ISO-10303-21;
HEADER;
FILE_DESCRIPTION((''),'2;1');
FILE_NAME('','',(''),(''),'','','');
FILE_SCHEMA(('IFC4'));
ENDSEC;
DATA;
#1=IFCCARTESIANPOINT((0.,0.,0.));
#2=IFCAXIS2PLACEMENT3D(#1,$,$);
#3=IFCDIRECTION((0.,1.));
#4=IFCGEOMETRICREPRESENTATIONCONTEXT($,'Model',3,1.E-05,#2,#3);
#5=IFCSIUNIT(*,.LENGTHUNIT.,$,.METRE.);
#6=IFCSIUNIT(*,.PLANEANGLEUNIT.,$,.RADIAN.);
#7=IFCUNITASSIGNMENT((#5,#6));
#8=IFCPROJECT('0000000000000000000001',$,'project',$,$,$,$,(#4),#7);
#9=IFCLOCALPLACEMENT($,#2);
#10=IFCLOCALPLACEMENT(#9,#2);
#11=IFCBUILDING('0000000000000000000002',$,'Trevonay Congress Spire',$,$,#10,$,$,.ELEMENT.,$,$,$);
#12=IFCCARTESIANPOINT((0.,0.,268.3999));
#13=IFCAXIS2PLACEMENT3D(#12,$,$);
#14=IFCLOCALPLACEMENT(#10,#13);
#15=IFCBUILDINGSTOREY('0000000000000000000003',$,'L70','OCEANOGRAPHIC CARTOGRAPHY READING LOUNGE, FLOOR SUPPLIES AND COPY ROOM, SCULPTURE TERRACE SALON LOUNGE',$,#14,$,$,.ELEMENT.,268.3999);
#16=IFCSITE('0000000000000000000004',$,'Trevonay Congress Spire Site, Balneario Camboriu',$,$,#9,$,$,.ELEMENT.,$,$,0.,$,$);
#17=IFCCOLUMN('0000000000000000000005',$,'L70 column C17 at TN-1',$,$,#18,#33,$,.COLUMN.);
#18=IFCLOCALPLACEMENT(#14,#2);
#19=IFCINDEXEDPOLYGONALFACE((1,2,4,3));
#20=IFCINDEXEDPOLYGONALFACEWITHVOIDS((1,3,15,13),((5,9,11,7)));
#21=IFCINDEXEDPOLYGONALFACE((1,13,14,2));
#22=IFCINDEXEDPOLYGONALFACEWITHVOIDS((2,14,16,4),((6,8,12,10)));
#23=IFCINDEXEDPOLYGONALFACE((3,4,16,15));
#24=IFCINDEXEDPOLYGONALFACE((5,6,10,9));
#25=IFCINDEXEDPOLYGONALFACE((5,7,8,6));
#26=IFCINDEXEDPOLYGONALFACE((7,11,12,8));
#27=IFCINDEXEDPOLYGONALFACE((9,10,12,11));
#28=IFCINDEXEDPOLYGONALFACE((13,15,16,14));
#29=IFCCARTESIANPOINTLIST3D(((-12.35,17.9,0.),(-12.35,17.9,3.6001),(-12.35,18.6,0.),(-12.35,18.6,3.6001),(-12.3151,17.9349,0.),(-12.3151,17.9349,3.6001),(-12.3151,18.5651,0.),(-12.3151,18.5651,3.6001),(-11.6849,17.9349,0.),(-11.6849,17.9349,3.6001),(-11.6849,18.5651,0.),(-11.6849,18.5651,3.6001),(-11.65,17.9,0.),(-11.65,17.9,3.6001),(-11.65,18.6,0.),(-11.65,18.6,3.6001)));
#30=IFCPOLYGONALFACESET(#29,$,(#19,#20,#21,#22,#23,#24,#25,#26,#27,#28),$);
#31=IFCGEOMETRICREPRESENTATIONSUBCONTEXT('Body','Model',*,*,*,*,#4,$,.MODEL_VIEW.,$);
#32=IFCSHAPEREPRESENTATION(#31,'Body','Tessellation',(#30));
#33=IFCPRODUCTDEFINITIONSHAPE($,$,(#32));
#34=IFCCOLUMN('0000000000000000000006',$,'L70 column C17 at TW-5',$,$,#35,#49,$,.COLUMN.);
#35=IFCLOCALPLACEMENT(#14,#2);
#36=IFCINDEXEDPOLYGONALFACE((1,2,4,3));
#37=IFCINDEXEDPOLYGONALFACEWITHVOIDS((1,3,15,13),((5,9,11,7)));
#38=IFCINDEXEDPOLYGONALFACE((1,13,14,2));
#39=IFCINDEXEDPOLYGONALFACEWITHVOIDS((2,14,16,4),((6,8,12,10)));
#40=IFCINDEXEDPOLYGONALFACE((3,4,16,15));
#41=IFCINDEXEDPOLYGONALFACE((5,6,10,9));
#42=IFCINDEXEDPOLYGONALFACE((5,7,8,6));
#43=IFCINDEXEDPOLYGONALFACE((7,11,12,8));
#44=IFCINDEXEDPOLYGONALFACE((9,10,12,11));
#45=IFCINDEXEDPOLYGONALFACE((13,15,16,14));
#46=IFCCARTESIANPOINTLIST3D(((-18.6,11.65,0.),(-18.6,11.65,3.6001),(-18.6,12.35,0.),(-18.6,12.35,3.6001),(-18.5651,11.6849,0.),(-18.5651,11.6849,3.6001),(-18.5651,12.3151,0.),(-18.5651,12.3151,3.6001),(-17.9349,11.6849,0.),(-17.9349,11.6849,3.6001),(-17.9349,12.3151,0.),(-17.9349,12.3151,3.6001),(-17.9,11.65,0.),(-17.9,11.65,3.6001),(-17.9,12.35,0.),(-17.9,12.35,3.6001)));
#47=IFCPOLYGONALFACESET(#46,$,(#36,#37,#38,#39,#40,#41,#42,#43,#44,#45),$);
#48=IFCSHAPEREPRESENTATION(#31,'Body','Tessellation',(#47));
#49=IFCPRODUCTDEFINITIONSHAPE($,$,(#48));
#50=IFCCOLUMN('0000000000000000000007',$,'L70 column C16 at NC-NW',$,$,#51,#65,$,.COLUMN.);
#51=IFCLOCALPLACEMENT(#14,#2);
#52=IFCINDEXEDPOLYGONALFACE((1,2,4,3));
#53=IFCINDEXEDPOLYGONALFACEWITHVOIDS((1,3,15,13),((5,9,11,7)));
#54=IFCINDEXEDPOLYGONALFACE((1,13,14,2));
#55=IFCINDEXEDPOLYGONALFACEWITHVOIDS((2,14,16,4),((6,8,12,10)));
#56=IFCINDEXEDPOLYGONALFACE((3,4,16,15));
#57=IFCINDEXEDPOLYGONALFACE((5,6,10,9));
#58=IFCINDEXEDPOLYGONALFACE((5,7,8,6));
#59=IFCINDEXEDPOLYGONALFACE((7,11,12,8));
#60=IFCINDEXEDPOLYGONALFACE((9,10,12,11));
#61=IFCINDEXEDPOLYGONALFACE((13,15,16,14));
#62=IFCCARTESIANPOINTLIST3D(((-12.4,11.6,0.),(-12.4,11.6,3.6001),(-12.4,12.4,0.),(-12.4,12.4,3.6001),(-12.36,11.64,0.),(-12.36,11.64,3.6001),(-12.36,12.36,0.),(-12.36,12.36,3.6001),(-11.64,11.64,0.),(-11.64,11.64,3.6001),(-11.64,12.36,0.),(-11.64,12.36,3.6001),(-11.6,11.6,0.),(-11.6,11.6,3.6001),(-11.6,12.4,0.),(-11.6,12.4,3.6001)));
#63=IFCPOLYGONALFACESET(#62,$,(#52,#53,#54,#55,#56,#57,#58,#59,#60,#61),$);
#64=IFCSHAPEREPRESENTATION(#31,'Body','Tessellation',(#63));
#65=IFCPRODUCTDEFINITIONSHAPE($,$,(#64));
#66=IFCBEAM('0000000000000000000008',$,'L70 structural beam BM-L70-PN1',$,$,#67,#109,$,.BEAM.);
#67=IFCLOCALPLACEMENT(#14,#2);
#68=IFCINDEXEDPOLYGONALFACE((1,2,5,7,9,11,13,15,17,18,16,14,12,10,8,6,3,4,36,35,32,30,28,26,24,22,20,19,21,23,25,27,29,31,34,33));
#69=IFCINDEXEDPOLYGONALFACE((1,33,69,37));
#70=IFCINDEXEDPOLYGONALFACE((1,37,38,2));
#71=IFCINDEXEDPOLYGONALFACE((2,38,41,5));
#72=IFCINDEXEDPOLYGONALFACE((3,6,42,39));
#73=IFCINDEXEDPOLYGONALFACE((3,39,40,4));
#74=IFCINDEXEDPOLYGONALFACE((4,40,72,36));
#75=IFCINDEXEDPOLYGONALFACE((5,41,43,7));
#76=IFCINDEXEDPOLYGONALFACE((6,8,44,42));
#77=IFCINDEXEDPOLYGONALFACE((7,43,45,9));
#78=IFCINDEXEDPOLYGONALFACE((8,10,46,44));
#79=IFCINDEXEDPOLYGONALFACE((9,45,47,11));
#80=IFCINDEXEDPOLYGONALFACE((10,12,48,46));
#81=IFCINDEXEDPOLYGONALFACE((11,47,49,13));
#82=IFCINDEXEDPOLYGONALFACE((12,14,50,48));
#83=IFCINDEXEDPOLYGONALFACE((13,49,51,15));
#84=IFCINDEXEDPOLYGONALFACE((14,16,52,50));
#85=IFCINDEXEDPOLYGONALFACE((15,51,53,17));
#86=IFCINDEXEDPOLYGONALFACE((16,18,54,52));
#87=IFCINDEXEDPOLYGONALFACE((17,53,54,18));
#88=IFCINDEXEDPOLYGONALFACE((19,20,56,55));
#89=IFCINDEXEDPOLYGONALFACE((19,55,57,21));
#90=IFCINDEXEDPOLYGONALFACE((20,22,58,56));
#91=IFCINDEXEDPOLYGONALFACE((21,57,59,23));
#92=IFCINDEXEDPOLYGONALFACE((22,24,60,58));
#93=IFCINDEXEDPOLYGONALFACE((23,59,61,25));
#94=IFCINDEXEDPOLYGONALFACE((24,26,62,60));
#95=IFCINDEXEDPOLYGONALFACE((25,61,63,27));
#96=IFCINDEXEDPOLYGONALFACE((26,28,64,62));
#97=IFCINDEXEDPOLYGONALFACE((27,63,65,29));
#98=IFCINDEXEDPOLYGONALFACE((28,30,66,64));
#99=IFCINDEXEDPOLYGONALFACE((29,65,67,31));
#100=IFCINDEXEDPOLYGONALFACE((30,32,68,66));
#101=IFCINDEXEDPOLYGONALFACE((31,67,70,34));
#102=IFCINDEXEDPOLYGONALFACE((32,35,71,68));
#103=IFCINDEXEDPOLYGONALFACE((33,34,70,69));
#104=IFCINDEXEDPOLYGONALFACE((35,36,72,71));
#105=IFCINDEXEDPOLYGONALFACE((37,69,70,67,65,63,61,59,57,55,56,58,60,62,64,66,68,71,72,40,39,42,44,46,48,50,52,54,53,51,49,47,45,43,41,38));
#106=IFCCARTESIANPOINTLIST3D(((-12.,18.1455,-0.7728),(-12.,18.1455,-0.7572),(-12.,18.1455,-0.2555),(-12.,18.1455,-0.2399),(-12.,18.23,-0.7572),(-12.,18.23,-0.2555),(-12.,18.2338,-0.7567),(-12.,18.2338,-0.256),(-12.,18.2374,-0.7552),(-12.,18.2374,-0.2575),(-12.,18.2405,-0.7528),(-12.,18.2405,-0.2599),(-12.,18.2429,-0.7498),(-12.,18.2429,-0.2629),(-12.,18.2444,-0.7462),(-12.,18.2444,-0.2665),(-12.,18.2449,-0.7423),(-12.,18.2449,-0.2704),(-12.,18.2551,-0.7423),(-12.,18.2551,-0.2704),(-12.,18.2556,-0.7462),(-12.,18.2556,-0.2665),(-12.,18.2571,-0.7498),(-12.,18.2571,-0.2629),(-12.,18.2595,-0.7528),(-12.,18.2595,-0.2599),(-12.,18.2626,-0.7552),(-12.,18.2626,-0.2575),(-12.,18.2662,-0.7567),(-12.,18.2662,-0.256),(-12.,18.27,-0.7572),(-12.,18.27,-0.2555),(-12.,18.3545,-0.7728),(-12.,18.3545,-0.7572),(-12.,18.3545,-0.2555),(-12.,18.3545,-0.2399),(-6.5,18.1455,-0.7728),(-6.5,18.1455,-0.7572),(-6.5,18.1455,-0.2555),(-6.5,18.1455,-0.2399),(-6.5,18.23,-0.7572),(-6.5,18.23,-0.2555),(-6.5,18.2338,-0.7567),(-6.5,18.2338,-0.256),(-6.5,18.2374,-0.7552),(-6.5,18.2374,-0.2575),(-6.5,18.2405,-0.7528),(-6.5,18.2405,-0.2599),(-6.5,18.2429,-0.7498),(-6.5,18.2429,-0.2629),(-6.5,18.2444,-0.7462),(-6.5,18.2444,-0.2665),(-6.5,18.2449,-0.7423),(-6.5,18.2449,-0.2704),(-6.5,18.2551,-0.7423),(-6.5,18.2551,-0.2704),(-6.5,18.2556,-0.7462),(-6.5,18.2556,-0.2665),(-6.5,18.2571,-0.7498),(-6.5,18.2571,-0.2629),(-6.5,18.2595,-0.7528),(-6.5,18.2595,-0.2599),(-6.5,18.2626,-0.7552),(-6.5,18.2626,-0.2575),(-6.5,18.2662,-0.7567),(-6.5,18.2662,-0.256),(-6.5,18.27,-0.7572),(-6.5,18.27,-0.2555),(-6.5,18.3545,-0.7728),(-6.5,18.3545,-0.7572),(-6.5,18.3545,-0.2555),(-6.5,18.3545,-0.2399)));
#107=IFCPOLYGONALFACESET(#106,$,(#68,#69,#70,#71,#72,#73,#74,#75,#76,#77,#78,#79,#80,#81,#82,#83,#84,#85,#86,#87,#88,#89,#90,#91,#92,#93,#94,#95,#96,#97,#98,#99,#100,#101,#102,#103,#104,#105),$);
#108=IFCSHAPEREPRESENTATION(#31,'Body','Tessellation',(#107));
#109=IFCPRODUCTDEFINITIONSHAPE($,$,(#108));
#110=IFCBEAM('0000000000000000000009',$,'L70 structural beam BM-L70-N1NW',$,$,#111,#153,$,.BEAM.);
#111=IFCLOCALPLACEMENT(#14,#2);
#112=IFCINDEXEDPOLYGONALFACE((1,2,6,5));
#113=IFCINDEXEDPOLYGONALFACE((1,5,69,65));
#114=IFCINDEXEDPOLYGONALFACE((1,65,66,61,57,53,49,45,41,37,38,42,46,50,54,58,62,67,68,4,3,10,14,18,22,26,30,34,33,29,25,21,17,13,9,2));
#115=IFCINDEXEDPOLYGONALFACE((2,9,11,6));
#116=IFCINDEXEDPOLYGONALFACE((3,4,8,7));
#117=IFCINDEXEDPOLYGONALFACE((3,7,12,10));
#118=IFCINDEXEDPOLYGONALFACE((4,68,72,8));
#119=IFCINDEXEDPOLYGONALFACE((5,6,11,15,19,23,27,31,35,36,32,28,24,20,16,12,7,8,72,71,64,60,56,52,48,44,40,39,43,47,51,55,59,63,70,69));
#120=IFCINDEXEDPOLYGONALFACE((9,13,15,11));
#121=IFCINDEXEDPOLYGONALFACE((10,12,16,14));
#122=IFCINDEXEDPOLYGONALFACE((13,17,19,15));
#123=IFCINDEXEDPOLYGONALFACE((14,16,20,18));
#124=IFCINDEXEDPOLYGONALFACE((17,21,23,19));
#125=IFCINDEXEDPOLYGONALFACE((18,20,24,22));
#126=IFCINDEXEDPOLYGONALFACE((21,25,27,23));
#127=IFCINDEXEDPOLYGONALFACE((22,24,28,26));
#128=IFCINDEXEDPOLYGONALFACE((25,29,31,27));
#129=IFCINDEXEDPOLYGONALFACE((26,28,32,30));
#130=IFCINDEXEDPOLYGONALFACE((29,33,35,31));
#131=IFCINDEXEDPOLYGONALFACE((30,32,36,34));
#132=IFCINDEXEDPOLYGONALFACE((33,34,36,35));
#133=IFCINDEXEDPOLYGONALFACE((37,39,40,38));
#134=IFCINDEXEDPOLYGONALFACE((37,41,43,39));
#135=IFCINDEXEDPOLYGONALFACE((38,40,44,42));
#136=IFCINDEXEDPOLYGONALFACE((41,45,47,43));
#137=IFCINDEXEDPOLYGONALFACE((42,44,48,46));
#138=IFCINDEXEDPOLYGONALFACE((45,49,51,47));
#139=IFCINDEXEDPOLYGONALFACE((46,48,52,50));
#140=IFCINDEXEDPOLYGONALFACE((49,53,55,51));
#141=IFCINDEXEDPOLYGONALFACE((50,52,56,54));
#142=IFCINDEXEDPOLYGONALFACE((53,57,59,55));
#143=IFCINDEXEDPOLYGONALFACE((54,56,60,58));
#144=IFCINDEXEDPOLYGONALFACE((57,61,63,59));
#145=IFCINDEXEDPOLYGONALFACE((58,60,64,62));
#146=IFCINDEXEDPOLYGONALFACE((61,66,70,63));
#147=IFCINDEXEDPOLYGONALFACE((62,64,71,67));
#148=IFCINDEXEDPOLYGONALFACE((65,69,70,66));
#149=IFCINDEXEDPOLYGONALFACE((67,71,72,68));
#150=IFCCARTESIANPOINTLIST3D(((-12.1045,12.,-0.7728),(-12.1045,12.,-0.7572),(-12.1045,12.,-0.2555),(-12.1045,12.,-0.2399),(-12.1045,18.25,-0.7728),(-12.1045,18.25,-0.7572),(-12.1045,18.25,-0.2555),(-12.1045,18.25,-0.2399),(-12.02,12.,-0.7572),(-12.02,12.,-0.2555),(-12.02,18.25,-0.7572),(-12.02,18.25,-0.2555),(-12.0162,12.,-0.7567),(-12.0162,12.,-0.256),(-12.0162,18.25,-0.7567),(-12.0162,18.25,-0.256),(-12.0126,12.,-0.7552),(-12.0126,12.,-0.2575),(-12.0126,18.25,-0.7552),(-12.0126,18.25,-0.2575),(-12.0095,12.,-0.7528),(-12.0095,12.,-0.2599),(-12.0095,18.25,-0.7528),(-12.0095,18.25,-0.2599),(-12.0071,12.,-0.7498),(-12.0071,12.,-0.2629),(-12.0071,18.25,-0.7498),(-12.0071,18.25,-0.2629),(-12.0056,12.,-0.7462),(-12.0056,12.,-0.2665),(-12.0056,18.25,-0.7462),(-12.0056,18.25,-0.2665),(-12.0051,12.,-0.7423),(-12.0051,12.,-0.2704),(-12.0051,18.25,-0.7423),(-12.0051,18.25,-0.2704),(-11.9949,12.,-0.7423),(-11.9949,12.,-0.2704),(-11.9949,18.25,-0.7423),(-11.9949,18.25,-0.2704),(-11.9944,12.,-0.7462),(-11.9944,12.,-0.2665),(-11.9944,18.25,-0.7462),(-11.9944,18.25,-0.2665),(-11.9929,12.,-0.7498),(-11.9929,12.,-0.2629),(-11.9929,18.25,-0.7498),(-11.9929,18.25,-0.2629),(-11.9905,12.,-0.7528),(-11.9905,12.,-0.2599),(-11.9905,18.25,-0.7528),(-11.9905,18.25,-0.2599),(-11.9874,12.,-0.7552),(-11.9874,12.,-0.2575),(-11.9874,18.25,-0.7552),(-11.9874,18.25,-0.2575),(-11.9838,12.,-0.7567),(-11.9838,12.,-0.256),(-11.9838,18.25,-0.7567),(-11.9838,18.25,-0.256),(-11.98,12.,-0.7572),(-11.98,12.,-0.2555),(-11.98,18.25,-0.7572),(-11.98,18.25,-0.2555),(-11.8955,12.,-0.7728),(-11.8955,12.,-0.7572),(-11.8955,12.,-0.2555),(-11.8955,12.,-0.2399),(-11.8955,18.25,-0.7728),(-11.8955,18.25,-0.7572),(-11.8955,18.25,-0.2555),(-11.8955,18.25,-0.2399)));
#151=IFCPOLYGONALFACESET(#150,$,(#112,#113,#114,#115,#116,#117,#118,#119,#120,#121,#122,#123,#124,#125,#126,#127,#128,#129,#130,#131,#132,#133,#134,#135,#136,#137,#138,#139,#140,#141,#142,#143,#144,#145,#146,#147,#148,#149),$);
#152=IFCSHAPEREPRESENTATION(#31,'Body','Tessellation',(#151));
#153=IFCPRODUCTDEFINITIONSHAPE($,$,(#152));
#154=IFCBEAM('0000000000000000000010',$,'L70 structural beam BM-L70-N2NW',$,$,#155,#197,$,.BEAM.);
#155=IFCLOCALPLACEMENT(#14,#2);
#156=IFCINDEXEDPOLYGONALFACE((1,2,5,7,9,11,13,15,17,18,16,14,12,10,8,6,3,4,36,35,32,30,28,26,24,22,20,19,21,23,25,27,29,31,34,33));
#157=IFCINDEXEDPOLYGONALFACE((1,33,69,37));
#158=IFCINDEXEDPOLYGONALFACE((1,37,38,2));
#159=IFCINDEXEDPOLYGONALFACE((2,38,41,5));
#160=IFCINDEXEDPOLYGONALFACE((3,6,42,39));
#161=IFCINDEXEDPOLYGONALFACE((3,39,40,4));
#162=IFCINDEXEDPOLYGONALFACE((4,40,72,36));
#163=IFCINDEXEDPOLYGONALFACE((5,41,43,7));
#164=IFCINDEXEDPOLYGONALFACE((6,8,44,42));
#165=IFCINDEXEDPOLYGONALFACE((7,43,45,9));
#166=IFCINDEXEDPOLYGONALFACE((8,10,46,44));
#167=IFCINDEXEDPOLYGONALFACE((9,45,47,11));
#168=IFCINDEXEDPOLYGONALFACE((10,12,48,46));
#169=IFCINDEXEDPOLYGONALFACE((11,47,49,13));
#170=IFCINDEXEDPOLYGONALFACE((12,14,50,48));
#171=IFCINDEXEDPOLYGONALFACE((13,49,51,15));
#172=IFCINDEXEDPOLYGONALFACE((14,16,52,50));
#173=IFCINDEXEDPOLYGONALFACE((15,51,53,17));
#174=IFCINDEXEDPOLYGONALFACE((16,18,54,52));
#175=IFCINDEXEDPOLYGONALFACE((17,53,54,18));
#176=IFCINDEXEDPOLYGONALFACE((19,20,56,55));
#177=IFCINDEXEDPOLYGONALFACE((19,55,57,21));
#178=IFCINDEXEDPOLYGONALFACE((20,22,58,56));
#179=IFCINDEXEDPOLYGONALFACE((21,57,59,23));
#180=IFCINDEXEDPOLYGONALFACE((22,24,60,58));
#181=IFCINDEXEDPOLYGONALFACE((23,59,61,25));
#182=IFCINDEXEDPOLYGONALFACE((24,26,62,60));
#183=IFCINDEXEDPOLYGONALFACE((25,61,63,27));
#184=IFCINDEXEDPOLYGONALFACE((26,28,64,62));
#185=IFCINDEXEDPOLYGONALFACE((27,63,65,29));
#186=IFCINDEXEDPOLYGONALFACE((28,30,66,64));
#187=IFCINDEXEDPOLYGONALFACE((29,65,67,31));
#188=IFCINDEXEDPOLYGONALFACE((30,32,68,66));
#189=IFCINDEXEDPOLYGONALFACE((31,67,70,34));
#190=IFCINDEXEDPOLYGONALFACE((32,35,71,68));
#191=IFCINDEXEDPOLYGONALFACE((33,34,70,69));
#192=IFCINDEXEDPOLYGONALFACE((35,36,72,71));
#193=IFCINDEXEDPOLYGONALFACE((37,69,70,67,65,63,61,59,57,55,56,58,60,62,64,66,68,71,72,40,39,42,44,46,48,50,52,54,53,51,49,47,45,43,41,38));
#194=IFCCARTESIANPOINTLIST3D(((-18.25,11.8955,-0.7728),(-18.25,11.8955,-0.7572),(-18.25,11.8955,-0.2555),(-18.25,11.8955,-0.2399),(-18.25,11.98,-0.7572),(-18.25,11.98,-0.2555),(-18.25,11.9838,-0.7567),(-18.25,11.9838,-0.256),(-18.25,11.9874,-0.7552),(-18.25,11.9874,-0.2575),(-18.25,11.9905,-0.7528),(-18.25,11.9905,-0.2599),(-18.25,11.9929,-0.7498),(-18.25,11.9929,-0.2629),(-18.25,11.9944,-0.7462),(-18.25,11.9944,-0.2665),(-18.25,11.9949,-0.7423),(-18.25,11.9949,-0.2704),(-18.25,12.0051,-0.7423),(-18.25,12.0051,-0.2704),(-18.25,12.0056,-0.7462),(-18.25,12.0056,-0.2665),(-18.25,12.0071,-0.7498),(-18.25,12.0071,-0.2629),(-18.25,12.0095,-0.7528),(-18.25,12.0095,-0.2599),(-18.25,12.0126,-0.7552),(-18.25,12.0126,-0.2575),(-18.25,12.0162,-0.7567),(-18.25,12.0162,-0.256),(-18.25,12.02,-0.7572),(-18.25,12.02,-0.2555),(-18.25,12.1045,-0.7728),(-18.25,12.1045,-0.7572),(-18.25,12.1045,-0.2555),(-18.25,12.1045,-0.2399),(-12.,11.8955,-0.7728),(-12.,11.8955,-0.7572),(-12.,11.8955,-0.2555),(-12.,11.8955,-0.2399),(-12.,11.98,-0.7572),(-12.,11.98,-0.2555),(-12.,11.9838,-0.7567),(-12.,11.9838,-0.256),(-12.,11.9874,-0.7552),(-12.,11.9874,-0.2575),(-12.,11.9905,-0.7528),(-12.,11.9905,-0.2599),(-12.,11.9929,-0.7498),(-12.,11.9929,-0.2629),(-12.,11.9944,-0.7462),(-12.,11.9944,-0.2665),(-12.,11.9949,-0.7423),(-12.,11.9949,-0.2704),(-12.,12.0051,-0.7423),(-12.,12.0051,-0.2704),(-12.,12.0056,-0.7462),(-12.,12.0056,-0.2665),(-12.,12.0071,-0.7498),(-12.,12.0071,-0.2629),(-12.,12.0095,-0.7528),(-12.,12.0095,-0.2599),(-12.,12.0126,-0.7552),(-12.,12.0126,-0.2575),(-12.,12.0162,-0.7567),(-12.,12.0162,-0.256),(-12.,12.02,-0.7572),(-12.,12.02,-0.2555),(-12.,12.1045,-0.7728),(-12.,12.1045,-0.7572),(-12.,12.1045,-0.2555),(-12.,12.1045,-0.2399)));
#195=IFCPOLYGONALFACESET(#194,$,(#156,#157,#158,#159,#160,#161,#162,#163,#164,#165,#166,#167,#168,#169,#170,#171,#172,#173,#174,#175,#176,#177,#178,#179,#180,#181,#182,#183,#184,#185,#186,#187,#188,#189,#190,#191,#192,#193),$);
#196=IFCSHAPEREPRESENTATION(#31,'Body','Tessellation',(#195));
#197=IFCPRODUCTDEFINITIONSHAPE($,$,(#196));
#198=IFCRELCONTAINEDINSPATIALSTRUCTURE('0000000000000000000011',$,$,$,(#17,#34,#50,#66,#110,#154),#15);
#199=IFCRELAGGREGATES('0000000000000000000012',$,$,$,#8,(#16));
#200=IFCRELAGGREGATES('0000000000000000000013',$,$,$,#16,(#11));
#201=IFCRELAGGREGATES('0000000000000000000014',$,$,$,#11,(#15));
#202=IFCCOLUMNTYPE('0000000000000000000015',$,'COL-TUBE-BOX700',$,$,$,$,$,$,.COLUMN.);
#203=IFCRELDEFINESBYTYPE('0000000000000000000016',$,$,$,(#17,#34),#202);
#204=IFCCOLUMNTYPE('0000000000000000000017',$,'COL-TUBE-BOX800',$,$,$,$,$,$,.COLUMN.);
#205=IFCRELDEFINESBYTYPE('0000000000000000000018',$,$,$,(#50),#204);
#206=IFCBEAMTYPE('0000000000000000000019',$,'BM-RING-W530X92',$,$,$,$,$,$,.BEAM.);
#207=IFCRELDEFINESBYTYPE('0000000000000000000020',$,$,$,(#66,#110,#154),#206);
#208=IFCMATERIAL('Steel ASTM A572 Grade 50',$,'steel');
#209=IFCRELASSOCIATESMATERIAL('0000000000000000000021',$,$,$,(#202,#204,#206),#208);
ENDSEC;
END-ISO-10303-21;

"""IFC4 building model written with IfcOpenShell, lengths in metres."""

from ifc_helpers import new_model, si_unit, direction, frame, origin, origin_2d, place, context, subcontext, project, spatial, hollow_rectangle, i_section, extrude, material, material_profile, profile_set, type_object, element, save


model = new_model("IFC4")

# Units and contexts
model_context = context("Model", 3, precision=1e-05, world=origin(), true_north=direction((0.0, 1.0)))
body_context = subcontext(model_context, "Body", "Model", "MODEL_VIEW")
ifc_project = project(units=[si_unit("LENGTHUNIT", "METRE"), si_unit("PLANEANGLEUNIT", "RADIAN")], contexts=[model_context])

# Site, building, storey
site_placement = place(None, origin())
site = spatial("IfcSite", under=ifc_project, at=site_placement, Name="Trevonay Congress Spire Site, Balneario Camboriu", CompositionType="ELEMENT", RefElevation=0.0)
building_placement = place(site_placement, origin())
building = spatial("IfcBuilding", under=site, at=building_placement, Name="Trevonay Congress Spire", CompositionType="ELEMENT")
storey_placement = place(building_placement, frame((0.0, 0.0, 268.3999)))
storey = spatial("IfcBuildingStorey", under=building, at=storey_placement, Name="L70", Description="OCEANOGRAPHIC CARTOGRAPHY READING LOUNGE, FLOOR SUPPLIES AND COPY ROOM, SCULPTURE TERRACE SALON LOUNGE", CompositionType="ELEMENT", Elevation=268.3999)

# Columns
ifc_material_1 = material(Name="Steel ASTM A572 Grade 50", Category="steel")
ifc_material_profile_1 = material_profile(ifc_material_1, hollow_rectangle(XDim=0.7, YDim=0.7, WallThickness=0.0349, at=origin_2d()), Name="BOX 700x700x35")
ifc_profile_set_1 = profile_set([ifc_material_profile_1], Name="Steel ASTM A572 Grade 50")
column_type_1 = type_object("IfcColumnType", Name="COL-TUBE-BOX700", PredefinedType="COLUMN", material=ifc_profile_set_1)
for number, where, z_axis, x_axis, name in (
    (1, (-12.0, 18.25, 0.0), (0.0, 0.0, 1.0), (1.0, 0.0, 0.0), "L70 column C17 at TN-1"),
    (2, (-18.25, 12.0, 0.0), (0.0, 0.0, 1.0), (1.0, 0.0, 0.0), "L70 column C17 at TW-5"),
):
    element("IfcColumn", number, at=place(storey_placement, frame(where, z_axis=z_axis, x_axis=x_axis)), inside=storey, type_object=column_type_1, Name=name, PredefinedType="COLUMN", context=body_context, shape_type="SweptSolid", body=[
        extrude(hollow_rectangle(XDim=0.7, YDim=0.7, WallThickness=0.0349, at=origin_2d()), origin(), (0.0, 0.0, 1.0), 3.6001),
    ])
ifc_material_profile_2 = material_profile(ifc_material_1, hollow_rectangle(XDim=0.8, YDim=0.8, WallThickness=0.04, at=origin_2d()), Name="BOX 800x800x40")
ifc_profile_set_2 = profile_set([ifc_material_profile_2], Name="Steel ASTM A572 Grade 50")
column_type_2 = type_object("IfcColumnType", Name="COL-TUBE-BOX800", PredefinedType="COLUMN", material=ifc_profile_set_2)
column_placement = place(storey_placement, frame((-12.0, 12.0, 0.0), z_axis=(0.0, 0.0, 1.0), x_axis=(1.0, 0.0, 0.0)))
element("IfcColumn", 3, at=column_placement, inside=storey, type_object=column_type_2, Name="L70 column C16 at NC-NW", PredefinedType="COLUMN", context=body_context, shape_type="SweptSolid", body=[
    extrude(hollow_rectangle(XDim=0.8, YDim=0.8, WallThickness=0.04, at=origin_2d()), origin(), (0.0, 0.0, 1.0), 3.6001),
])

# Beams
ifc_material_profile_3 = material_profile(ifc_material_1, i_section(OverallWidth=0.209, OverallDepth=0.533, WebThickness=0.0103, FlangeThickness=0.0156, FilletRadius=0.0149, at=origin_2d()), Name="W530x92")
ifc_profile_set_3 = profile_set([ifc_material_profile_3], Name="Steel ASTM A572 Grade 50")
beam_type = type_object("IfcBeamType", Name="BM-RING-W530X92", PredefinedType="BEAM", material=ifc_profile_set_3)
beam_placement = place(storey_placement, frame((-12.0, 18.25, -0.5063), z_axis=(1.0, 0.0, 0.0), x_axis=(0.0, 1.0, 0.0)))
element("IfcBeam", 4, at=beam_placement, inside=storey, type_object=beam_type, Name="L70 structural beam BM-L70-PN1", PredefinedType="BEAM", context=body_context, shape_type="SweptSolid", body=[
    extrude(i_section(OverallWidth=0.209, OverallDepth=0.533, WebThickness=0.0103, FlangeThickness=0.0156, FilletRadius=0.0149, at=origin_2d()), origin(), (0.0, 0.0, 1.0), 5.5),
])
for number, where, z_axis, x_axis, name in (
    (5, (-12.0, 18.25, -0.5063), (0.0, -1.0, 0.0), (1.0, 0.0, 0.0), "L70 structural beam BM-L70-N1NW"),
    (6, (-18.25, 12.0, -0.5063), (1.0, 0.0, 0.0), (0.0, 1.0, 0.0), "L70 structural beam BM-L70-N2NW"),
):
    element("IfcBeam", number, at=place(storey_placement, frame(where, z_axis=z_axis, x_axis=x_axis)), inside=storey, type_object=beam_type, Name=name, PredefinedType="BEAM", context=body_context, shape_type="SweptSolid", body=[
        extrude(i_section(OverallWidth=0.209, OverallDepth=0.533, WebThickness=0.0103, FlangeThickness=0.0156, FilletRadius=0.0149, at=origin_2d()), origin(), (0.0, 0.0, 1.0), 6.25),
    ])

save(model, "model.ifc")
